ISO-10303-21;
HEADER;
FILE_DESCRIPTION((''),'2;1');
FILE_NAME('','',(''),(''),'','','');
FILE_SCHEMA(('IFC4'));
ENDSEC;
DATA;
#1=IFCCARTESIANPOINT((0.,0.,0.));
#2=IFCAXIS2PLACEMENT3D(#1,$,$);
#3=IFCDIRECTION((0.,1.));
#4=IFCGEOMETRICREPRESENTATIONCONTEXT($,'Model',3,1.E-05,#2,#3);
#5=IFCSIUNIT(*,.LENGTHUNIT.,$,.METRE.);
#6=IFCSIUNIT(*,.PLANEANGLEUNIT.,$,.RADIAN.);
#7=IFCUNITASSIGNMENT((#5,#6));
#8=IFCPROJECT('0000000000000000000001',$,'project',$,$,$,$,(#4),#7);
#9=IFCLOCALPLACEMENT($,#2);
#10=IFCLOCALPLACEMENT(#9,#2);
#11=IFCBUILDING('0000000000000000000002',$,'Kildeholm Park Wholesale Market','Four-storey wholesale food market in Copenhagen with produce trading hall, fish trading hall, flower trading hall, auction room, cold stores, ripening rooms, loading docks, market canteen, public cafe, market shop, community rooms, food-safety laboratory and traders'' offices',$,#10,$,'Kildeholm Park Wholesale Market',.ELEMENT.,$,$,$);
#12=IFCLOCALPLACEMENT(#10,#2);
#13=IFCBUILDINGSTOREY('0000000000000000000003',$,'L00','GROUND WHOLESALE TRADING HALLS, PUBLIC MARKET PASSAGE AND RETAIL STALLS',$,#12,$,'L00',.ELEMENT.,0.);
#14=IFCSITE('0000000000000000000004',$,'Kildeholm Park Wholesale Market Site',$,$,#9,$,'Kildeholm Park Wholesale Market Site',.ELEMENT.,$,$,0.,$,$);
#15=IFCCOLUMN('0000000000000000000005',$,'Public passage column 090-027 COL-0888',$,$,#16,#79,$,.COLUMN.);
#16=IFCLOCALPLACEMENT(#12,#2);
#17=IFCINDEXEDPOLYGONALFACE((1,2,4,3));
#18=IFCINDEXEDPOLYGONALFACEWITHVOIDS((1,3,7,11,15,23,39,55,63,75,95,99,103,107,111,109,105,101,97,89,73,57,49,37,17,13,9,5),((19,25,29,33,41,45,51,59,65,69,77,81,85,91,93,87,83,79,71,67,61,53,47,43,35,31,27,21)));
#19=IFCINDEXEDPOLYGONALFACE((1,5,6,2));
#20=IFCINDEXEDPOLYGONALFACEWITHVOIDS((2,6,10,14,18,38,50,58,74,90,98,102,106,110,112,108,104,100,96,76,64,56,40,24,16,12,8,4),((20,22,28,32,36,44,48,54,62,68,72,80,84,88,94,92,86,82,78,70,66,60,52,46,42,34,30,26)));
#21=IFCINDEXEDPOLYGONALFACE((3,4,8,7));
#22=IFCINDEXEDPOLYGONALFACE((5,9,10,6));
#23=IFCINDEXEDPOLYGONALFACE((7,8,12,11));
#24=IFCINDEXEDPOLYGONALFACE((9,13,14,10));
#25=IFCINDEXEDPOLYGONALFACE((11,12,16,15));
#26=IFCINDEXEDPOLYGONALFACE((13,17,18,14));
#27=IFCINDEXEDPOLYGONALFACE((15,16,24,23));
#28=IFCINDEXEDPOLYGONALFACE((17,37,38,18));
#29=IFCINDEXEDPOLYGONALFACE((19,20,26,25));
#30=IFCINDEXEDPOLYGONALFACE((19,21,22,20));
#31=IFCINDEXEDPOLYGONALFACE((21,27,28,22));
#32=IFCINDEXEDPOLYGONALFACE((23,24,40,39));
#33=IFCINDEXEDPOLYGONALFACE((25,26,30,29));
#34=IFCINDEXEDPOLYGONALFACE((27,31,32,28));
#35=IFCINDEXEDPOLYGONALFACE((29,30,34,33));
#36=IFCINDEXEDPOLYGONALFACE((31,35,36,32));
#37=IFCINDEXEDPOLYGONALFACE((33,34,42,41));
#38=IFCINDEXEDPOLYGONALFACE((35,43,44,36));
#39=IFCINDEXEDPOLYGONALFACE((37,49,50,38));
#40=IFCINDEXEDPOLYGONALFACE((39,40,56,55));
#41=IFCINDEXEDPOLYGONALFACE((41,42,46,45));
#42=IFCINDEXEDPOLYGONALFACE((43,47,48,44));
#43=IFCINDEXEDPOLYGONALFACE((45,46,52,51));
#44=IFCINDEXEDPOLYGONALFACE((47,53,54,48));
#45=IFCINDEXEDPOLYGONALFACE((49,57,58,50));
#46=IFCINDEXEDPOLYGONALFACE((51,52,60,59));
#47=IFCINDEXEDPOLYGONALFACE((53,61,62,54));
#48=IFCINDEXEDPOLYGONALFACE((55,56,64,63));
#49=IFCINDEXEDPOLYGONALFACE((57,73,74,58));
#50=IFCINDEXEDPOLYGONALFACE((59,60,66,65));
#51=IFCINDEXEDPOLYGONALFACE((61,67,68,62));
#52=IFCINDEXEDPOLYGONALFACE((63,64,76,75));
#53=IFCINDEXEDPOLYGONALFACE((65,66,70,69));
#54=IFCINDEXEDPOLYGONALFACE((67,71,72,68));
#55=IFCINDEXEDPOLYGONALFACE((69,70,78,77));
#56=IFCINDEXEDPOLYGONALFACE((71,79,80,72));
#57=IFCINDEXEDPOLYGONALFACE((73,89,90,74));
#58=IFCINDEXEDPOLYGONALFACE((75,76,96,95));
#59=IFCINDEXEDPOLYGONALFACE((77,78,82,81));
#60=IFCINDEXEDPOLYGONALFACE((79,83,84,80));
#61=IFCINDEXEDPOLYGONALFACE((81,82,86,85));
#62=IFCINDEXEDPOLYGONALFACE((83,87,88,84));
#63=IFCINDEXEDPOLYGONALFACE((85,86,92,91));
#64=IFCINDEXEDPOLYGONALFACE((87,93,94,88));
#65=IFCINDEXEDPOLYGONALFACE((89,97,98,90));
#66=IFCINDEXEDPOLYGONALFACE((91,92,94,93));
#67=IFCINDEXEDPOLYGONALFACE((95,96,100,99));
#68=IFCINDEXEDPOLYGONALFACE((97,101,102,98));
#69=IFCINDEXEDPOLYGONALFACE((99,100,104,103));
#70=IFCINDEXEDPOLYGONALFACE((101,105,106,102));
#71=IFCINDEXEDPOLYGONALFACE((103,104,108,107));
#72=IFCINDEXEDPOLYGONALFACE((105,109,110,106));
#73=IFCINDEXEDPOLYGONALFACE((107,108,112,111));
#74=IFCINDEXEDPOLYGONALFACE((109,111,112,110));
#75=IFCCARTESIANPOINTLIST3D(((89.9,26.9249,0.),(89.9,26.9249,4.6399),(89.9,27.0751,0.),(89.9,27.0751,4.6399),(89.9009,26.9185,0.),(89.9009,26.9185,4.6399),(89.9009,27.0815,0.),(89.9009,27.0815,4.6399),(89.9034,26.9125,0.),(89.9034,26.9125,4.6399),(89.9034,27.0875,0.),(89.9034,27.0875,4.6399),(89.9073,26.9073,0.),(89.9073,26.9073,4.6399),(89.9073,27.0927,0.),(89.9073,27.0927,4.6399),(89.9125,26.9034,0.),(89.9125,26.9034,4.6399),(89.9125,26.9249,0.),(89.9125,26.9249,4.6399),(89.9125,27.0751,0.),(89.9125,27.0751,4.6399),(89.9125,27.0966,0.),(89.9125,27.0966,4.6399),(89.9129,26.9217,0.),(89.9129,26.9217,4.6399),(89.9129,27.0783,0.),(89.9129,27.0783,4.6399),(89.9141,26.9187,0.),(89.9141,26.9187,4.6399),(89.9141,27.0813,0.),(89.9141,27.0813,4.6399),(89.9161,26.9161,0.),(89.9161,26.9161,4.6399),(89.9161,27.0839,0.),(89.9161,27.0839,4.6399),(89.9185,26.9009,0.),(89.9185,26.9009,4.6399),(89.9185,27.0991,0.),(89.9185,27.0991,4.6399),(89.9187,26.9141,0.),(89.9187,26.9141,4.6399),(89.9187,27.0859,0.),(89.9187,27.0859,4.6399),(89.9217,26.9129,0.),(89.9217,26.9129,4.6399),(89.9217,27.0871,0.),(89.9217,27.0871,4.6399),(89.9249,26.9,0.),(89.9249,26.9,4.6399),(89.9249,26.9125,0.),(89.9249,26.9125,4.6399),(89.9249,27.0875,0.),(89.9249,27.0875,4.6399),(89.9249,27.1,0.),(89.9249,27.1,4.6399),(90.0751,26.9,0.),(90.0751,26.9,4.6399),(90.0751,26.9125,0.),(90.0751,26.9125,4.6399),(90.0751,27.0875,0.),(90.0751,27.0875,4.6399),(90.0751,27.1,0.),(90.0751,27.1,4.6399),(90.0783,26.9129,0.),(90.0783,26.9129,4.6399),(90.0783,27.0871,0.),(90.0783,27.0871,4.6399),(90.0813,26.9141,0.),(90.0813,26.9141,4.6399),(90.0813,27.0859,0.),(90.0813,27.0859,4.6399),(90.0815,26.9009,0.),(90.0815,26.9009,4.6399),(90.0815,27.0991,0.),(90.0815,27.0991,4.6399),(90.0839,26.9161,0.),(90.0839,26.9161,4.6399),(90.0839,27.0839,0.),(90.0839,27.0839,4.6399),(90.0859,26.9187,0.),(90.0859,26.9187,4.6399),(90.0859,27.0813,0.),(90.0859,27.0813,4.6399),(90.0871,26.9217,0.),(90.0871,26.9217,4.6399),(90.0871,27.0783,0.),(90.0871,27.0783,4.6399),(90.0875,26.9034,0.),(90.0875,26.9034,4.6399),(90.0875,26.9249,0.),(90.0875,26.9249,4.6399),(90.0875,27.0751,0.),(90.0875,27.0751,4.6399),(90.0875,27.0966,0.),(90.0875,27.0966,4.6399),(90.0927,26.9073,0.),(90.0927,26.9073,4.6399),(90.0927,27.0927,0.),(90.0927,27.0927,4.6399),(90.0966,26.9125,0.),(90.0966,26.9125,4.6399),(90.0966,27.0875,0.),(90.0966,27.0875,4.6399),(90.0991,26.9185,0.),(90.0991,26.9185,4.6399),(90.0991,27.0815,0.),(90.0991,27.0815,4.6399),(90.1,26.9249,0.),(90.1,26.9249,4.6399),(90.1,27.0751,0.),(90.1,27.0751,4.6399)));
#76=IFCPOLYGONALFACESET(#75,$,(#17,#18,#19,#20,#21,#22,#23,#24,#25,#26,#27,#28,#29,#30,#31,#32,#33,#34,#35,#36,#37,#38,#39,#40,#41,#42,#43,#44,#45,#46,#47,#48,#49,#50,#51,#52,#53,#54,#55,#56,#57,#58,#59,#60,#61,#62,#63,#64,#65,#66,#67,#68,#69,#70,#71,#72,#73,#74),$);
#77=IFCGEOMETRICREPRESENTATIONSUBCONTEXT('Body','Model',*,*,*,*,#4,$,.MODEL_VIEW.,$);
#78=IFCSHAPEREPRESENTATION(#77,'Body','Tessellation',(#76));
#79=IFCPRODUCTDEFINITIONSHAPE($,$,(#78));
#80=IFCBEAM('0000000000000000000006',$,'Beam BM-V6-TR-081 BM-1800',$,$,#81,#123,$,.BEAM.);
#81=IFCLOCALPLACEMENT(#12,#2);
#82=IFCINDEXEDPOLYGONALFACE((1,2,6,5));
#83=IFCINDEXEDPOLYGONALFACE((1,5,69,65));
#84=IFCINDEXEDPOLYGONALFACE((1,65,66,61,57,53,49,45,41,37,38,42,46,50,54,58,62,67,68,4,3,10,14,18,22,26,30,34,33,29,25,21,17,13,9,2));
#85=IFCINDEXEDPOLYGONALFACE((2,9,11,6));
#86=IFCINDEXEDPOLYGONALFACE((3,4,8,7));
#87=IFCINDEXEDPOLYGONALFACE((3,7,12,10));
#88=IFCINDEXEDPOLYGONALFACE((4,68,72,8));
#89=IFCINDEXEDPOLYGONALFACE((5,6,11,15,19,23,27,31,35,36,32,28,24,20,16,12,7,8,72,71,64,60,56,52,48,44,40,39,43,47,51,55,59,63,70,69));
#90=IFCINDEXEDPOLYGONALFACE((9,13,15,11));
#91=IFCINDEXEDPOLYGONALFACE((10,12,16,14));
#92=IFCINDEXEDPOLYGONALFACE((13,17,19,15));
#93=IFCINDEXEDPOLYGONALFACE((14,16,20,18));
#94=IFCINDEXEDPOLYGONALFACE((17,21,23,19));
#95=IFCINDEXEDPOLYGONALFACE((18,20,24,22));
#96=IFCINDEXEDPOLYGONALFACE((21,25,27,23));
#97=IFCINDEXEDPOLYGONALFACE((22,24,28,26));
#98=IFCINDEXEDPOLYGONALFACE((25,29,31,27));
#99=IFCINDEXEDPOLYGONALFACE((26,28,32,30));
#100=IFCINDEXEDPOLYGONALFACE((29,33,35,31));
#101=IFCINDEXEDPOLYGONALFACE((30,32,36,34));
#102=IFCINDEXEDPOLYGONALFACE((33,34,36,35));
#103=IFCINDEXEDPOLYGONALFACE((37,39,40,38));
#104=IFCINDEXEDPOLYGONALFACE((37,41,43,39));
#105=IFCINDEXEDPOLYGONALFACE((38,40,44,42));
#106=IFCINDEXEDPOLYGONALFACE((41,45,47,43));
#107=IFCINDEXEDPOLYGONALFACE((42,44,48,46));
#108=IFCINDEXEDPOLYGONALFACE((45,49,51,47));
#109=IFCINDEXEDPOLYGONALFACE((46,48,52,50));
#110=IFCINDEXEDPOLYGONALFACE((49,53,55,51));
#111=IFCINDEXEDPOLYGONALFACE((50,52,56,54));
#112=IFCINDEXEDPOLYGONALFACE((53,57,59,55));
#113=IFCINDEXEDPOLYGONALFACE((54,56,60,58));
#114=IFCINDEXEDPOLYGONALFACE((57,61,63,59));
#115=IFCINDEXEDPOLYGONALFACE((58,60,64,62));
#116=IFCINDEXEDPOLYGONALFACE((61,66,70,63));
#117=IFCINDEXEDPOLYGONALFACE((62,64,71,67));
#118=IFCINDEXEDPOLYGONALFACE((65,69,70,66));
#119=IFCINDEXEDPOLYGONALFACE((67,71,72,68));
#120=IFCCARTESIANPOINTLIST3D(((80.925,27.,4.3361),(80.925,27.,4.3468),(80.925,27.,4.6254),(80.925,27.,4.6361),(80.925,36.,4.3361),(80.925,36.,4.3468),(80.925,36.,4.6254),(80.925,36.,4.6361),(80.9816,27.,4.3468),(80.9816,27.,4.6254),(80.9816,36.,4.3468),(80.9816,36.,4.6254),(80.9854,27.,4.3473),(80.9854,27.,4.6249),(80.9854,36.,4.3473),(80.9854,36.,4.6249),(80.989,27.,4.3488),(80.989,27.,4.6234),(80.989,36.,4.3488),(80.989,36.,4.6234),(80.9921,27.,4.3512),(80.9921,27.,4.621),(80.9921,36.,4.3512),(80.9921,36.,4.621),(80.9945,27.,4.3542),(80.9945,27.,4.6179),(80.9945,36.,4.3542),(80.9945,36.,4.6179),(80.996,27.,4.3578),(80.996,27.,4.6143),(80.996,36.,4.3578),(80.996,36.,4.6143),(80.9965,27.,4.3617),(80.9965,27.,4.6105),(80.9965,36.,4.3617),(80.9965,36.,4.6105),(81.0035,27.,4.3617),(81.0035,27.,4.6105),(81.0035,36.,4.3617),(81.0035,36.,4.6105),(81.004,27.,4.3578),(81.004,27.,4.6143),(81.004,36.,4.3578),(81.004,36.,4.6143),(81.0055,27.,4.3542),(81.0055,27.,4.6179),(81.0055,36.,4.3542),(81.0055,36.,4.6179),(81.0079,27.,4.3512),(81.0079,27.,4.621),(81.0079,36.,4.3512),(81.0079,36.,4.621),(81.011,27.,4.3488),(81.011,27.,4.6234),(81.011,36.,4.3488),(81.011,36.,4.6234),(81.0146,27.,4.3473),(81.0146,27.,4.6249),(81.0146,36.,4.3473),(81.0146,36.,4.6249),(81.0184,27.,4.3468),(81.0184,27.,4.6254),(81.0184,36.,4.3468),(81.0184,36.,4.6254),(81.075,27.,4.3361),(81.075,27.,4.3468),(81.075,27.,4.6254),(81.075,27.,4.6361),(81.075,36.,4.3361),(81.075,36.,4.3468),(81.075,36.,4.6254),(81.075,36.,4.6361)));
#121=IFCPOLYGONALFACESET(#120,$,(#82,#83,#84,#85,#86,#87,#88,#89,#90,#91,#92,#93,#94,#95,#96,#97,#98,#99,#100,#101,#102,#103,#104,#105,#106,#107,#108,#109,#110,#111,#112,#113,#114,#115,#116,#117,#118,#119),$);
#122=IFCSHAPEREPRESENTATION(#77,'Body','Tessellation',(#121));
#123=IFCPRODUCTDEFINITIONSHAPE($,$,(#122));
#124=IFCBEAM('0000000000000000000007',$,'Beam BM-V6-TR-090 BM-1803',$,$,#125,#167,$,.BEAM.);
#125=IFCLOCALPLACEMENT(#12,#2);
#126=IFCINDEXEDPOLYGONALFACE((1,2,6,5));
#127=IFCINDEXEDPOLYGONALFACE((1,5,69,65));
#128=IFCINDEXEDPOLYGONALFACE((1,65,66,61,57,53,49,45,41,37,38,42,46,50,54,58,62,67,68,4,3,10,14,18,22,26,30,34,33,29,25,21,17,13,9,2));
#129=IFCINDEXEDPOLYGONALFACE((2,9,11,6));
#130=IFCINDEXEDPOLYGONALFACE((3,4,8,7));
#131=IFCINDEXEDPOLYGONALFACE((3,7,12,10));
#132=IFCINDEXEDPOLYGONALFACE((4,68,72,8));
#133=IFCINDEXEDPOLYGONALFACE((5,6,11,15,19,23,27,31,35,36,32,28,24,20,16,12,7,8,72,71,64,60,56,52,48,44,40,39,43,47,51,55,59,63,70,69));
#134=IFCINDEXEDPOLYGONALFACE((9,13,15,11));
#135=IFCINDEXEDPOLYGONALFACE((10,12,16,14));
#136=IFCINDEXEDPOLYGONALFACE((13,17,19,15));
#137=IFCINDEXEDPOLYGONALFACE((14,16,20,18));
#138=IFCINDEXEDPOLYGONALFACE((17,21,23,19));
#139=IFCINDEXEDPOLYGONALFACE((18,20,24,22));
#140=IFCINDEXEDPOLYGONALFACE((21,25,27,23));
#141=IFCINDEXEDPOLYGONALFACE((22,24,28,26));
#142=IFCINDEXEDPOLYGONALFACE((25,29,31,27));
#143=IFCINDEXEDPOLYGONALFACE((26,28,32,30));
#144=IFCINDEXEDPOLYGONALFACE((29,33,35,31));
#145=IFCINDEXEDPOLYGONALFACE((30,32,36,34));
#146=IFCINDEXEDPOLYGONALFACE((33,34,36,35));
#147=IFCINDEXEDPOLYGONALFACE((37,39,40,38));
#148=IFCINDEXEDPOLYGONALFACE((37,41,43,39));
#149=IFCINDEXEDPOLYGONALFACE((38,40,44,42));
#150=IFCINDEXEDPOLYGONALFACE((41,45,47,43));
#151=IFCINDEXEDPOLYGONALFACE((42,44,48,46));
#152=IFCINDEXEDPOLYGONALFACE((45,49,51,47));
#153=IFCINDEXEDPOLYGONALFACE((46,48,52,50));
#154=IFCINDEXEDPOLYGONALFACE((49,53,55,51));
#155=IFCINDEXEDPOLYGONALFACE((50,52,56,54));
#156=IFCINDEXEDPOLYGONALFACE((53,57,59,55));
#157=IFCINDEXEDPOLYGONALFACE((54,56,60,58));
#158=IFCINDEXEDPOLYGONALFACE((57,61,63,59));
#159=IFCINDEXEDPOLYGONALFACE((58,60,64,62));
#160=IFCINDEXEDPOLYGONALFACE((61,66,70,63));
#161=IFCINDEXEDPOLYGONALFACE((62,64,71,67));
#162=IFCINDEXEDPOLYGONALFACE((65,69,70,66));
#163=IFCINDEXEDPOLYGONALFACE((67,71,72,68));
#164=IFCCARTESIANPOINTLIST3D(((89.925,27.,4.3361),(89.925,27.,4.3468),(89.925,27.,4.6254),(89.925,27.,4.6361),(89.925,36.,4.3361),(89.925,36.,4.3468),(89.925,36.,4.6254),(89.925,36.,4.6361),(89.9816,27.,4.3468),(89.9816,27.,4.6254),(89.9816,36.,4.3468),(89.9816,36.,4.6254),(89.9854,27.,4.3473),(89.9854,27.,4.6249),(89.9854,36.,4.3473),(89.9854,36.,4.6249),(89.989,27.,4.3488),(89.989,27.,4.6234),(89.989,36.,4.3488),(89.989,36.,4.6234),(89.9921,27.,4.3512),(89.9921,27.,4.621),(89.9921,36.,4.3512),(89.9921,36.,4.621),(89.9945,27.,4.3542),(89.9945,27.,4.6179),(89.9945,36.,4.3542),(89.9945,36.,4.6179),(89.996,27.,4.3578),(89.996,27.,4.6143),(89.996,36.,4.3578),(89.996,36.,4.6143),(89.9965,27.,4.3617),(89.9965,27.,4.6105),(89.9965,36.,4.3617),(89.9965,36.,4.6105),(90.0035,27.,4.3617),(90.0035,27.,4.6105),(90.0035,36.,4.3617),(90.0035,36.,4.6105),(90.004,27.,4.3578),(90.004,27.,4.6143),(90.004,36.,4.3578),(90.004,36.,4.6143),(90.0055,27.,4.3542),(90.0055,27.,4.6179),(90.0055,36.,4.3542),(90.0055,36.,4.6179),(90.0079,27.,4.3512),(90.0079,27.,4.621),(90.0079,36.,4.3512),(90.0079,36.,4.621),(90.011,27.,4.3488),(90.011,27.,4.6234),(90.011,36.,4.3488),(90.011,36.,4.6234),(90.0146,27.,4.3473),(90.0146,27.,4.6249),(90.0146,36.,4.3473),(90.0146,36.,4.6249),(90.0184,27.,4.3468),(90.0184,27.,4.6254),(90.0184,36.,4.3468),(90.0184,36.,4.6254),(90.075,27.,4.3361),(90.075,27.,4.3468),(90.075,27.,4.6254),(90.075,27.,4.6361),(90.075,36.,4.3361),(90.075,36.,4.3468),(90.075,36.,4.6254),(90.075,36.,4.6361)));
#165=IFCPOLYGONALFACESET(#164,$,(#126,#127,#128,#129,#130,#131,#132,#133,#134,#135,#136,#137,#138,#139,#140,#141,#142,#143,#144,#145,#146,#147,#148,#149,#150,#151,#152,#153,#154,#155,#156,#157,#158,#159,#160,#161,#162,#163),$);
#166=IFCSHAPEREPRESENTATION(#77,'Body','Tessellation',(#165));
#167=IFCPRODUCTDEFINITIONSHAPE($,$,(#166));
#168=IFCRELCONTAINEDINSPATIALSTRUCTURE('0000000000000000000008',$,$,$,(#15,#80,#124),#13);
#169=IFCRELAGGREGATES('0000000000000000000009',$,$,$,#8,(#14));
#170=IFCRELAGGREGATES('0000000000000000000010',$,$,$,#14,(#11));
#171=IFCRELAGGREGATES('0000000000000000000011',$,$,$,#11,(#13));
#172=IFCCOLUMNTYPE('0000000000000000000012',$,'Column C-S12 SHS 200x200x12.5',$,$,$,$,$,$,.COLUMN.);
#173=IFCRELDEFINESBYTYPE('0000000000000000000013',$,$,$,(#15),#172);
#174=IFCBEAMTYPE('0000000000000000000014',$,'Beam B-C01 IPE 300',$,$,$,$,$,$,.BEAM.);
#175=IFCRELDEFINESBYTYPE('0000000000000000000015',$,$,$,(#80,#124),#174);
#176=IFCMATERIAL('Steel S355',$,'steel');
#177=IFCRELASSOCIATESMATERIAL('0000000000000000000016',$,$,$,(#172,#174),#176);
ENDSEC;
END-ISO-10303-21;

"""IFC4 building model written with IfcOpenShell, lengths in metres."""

from ifc_helpers import new_model, si_unit, direction, frame, origin, origin_2d, place, context, subcontext, project, spatial, hollow_rectangle, i_section, extrude, material, material_profile, profile_set, type_object, element, save


model = new_model("IFC4")

# Units and contexts
model_context = context("Model", 3, precision=1e-05, world=origin(), true_north=direction((0.0, 1.0)))
body_context = subcontext(model_context, "Body", "Model", "MODEL_VIEW")
ifc_project = project(units=[si_unit("LENGTHUNIT", "METRE"), si_unit("PLANEANGLEUNIT", "RADIAN")], contexts=[model_context])

# Site, building, storey
site_placement = place(None, origin())
site = spatial("IfcSite", under=ifc_project, at=site_placement, Name="Kildeholm Park Wholesale Market Site", LongName="Kildeholm Park Wholesale Market Site", CompositionType="ELEMENT", RefElevation=0.0)
building_placement = place(site_placement, origin())
building = spatial("IfcBuilding", under=site, at=building_placement, Name="Kildeholm Park Wholesale Market", Description="Four-storey wholesale food market in Copenhagen with produce trading hall, fish trading hall, flower trading hall, auction room, cold stores, ripening rooms, loading docks, market canteen, public cafe, market shop, community rooms, food-safety laboratory and traders' offices", LongName="Kildeholm Park Wholesale Market", CompositionType="ELEMENT")
storey_placement = place(building_placement, origin())
storey = spatial("IfcBuildingStorey", under=building, at=storey_placement, Name="L00", Description="GROUND WHOLESALE TRADING HALLS, PUBLIC MARKET PASSAGE AND RETAIL STALLS", LongName="L00", CompositionType="ELEMENT", Elevation=0.0)

# Column
ifc_material_1 = material(Name="Steel S355", Category="steel")
ifc_material_profile_1 = material_profile(ifc_material_1, hollow_rectangle(XDim=0.2, YDim=0.2, WallThickness=0.0125, InnerFilletRadius=0.0125, OuterFilletRadius=0.0249, at=origin_2d()), Name="SHS 200x200x12.5")
ifc_profile_set_1 = profile_set([ifc_material_profile_1], Name="Steel S355")
column_type_1 = type_object("IfcColumnType", Name="Column C-S12 SHS 200x200x12.5", PredefinedType="COLUMN", material=ifc_profile_set_1)
column_placement = place(storey_placement, frame((90.0, 27.0, 0.0), z_axis=(0.0, 0.0, 1.0), x_axis=(1.0, 0.0, 0.0)))
element("IfcColumn", 1, at=column_placement, inside=storey, type_object=column_type_1, Name="Public passage column 090-027 COL-0888", PredefinedType="COLUMN", context=body_context, shape_type="SweptSolid", body=[
    extrude(hollow_rectangle(XDim=0.2, YDim=0.2, WallThickness=0.0125, InnerFilletRadius=0.0125, OuterFilletRadius=0.0249, at=origin_2d()), origin(), (0.0, 0.0, 1.0), 4.6399),
])

# Beams
ifc_material_profile_2 = material_profile(ifc_material_1, i_section(OverallWidth=0.1499, OverallDepth=0.3, WebThickness=0.0071, FlangeThickness=0.0107, FilletRadius=0.0149, at=origin_2d()), Name="IPE 300")
ifc_profile_set_2 = profile_set([ifc_material_profile_2], Name="Steel S355")
beam_type_1 = type_object("IfcBeamType", Name="Beam B-C01 IPE 300", PredefinedType="BEAM", material=ifc_profile_set_2)
for number, where, z_axis, x_axis, name in (
    (2, (81.0, 27.0, 4.4861), (0.0, 1.0, 0.0), (-1.0, 0.0, 0.0), "Beam BM-V6-TR-081 BM-1800"),
    (3, (90.0, 27.0, 4.4861), (0.0, 1.0, 0.0), (-1.0, 0.0, 0.0), "Beam BM-V6-TR-090 BM-1803"),
):
    element("IfcBeam", number, at=place(storey_placement, frame(where, z_axis=z_axis, x_axis=x_axis)), inside=storey, type_object=beam_type_1, Name=name, PredefinedType="BEAM", context=body_context, shape_type="SweptSolid", body=[
        extrude(i_section(OverallWidth=0.1499, OverallDepth=0.3, WebThickness=0.0071, FlangeThickness=0.0107, FilletRadius=0.0149, at=origin_2d()), origin(), (0.0, 0.0, 1.0), 9.0),
    ])

save(model, "model.ifc")
